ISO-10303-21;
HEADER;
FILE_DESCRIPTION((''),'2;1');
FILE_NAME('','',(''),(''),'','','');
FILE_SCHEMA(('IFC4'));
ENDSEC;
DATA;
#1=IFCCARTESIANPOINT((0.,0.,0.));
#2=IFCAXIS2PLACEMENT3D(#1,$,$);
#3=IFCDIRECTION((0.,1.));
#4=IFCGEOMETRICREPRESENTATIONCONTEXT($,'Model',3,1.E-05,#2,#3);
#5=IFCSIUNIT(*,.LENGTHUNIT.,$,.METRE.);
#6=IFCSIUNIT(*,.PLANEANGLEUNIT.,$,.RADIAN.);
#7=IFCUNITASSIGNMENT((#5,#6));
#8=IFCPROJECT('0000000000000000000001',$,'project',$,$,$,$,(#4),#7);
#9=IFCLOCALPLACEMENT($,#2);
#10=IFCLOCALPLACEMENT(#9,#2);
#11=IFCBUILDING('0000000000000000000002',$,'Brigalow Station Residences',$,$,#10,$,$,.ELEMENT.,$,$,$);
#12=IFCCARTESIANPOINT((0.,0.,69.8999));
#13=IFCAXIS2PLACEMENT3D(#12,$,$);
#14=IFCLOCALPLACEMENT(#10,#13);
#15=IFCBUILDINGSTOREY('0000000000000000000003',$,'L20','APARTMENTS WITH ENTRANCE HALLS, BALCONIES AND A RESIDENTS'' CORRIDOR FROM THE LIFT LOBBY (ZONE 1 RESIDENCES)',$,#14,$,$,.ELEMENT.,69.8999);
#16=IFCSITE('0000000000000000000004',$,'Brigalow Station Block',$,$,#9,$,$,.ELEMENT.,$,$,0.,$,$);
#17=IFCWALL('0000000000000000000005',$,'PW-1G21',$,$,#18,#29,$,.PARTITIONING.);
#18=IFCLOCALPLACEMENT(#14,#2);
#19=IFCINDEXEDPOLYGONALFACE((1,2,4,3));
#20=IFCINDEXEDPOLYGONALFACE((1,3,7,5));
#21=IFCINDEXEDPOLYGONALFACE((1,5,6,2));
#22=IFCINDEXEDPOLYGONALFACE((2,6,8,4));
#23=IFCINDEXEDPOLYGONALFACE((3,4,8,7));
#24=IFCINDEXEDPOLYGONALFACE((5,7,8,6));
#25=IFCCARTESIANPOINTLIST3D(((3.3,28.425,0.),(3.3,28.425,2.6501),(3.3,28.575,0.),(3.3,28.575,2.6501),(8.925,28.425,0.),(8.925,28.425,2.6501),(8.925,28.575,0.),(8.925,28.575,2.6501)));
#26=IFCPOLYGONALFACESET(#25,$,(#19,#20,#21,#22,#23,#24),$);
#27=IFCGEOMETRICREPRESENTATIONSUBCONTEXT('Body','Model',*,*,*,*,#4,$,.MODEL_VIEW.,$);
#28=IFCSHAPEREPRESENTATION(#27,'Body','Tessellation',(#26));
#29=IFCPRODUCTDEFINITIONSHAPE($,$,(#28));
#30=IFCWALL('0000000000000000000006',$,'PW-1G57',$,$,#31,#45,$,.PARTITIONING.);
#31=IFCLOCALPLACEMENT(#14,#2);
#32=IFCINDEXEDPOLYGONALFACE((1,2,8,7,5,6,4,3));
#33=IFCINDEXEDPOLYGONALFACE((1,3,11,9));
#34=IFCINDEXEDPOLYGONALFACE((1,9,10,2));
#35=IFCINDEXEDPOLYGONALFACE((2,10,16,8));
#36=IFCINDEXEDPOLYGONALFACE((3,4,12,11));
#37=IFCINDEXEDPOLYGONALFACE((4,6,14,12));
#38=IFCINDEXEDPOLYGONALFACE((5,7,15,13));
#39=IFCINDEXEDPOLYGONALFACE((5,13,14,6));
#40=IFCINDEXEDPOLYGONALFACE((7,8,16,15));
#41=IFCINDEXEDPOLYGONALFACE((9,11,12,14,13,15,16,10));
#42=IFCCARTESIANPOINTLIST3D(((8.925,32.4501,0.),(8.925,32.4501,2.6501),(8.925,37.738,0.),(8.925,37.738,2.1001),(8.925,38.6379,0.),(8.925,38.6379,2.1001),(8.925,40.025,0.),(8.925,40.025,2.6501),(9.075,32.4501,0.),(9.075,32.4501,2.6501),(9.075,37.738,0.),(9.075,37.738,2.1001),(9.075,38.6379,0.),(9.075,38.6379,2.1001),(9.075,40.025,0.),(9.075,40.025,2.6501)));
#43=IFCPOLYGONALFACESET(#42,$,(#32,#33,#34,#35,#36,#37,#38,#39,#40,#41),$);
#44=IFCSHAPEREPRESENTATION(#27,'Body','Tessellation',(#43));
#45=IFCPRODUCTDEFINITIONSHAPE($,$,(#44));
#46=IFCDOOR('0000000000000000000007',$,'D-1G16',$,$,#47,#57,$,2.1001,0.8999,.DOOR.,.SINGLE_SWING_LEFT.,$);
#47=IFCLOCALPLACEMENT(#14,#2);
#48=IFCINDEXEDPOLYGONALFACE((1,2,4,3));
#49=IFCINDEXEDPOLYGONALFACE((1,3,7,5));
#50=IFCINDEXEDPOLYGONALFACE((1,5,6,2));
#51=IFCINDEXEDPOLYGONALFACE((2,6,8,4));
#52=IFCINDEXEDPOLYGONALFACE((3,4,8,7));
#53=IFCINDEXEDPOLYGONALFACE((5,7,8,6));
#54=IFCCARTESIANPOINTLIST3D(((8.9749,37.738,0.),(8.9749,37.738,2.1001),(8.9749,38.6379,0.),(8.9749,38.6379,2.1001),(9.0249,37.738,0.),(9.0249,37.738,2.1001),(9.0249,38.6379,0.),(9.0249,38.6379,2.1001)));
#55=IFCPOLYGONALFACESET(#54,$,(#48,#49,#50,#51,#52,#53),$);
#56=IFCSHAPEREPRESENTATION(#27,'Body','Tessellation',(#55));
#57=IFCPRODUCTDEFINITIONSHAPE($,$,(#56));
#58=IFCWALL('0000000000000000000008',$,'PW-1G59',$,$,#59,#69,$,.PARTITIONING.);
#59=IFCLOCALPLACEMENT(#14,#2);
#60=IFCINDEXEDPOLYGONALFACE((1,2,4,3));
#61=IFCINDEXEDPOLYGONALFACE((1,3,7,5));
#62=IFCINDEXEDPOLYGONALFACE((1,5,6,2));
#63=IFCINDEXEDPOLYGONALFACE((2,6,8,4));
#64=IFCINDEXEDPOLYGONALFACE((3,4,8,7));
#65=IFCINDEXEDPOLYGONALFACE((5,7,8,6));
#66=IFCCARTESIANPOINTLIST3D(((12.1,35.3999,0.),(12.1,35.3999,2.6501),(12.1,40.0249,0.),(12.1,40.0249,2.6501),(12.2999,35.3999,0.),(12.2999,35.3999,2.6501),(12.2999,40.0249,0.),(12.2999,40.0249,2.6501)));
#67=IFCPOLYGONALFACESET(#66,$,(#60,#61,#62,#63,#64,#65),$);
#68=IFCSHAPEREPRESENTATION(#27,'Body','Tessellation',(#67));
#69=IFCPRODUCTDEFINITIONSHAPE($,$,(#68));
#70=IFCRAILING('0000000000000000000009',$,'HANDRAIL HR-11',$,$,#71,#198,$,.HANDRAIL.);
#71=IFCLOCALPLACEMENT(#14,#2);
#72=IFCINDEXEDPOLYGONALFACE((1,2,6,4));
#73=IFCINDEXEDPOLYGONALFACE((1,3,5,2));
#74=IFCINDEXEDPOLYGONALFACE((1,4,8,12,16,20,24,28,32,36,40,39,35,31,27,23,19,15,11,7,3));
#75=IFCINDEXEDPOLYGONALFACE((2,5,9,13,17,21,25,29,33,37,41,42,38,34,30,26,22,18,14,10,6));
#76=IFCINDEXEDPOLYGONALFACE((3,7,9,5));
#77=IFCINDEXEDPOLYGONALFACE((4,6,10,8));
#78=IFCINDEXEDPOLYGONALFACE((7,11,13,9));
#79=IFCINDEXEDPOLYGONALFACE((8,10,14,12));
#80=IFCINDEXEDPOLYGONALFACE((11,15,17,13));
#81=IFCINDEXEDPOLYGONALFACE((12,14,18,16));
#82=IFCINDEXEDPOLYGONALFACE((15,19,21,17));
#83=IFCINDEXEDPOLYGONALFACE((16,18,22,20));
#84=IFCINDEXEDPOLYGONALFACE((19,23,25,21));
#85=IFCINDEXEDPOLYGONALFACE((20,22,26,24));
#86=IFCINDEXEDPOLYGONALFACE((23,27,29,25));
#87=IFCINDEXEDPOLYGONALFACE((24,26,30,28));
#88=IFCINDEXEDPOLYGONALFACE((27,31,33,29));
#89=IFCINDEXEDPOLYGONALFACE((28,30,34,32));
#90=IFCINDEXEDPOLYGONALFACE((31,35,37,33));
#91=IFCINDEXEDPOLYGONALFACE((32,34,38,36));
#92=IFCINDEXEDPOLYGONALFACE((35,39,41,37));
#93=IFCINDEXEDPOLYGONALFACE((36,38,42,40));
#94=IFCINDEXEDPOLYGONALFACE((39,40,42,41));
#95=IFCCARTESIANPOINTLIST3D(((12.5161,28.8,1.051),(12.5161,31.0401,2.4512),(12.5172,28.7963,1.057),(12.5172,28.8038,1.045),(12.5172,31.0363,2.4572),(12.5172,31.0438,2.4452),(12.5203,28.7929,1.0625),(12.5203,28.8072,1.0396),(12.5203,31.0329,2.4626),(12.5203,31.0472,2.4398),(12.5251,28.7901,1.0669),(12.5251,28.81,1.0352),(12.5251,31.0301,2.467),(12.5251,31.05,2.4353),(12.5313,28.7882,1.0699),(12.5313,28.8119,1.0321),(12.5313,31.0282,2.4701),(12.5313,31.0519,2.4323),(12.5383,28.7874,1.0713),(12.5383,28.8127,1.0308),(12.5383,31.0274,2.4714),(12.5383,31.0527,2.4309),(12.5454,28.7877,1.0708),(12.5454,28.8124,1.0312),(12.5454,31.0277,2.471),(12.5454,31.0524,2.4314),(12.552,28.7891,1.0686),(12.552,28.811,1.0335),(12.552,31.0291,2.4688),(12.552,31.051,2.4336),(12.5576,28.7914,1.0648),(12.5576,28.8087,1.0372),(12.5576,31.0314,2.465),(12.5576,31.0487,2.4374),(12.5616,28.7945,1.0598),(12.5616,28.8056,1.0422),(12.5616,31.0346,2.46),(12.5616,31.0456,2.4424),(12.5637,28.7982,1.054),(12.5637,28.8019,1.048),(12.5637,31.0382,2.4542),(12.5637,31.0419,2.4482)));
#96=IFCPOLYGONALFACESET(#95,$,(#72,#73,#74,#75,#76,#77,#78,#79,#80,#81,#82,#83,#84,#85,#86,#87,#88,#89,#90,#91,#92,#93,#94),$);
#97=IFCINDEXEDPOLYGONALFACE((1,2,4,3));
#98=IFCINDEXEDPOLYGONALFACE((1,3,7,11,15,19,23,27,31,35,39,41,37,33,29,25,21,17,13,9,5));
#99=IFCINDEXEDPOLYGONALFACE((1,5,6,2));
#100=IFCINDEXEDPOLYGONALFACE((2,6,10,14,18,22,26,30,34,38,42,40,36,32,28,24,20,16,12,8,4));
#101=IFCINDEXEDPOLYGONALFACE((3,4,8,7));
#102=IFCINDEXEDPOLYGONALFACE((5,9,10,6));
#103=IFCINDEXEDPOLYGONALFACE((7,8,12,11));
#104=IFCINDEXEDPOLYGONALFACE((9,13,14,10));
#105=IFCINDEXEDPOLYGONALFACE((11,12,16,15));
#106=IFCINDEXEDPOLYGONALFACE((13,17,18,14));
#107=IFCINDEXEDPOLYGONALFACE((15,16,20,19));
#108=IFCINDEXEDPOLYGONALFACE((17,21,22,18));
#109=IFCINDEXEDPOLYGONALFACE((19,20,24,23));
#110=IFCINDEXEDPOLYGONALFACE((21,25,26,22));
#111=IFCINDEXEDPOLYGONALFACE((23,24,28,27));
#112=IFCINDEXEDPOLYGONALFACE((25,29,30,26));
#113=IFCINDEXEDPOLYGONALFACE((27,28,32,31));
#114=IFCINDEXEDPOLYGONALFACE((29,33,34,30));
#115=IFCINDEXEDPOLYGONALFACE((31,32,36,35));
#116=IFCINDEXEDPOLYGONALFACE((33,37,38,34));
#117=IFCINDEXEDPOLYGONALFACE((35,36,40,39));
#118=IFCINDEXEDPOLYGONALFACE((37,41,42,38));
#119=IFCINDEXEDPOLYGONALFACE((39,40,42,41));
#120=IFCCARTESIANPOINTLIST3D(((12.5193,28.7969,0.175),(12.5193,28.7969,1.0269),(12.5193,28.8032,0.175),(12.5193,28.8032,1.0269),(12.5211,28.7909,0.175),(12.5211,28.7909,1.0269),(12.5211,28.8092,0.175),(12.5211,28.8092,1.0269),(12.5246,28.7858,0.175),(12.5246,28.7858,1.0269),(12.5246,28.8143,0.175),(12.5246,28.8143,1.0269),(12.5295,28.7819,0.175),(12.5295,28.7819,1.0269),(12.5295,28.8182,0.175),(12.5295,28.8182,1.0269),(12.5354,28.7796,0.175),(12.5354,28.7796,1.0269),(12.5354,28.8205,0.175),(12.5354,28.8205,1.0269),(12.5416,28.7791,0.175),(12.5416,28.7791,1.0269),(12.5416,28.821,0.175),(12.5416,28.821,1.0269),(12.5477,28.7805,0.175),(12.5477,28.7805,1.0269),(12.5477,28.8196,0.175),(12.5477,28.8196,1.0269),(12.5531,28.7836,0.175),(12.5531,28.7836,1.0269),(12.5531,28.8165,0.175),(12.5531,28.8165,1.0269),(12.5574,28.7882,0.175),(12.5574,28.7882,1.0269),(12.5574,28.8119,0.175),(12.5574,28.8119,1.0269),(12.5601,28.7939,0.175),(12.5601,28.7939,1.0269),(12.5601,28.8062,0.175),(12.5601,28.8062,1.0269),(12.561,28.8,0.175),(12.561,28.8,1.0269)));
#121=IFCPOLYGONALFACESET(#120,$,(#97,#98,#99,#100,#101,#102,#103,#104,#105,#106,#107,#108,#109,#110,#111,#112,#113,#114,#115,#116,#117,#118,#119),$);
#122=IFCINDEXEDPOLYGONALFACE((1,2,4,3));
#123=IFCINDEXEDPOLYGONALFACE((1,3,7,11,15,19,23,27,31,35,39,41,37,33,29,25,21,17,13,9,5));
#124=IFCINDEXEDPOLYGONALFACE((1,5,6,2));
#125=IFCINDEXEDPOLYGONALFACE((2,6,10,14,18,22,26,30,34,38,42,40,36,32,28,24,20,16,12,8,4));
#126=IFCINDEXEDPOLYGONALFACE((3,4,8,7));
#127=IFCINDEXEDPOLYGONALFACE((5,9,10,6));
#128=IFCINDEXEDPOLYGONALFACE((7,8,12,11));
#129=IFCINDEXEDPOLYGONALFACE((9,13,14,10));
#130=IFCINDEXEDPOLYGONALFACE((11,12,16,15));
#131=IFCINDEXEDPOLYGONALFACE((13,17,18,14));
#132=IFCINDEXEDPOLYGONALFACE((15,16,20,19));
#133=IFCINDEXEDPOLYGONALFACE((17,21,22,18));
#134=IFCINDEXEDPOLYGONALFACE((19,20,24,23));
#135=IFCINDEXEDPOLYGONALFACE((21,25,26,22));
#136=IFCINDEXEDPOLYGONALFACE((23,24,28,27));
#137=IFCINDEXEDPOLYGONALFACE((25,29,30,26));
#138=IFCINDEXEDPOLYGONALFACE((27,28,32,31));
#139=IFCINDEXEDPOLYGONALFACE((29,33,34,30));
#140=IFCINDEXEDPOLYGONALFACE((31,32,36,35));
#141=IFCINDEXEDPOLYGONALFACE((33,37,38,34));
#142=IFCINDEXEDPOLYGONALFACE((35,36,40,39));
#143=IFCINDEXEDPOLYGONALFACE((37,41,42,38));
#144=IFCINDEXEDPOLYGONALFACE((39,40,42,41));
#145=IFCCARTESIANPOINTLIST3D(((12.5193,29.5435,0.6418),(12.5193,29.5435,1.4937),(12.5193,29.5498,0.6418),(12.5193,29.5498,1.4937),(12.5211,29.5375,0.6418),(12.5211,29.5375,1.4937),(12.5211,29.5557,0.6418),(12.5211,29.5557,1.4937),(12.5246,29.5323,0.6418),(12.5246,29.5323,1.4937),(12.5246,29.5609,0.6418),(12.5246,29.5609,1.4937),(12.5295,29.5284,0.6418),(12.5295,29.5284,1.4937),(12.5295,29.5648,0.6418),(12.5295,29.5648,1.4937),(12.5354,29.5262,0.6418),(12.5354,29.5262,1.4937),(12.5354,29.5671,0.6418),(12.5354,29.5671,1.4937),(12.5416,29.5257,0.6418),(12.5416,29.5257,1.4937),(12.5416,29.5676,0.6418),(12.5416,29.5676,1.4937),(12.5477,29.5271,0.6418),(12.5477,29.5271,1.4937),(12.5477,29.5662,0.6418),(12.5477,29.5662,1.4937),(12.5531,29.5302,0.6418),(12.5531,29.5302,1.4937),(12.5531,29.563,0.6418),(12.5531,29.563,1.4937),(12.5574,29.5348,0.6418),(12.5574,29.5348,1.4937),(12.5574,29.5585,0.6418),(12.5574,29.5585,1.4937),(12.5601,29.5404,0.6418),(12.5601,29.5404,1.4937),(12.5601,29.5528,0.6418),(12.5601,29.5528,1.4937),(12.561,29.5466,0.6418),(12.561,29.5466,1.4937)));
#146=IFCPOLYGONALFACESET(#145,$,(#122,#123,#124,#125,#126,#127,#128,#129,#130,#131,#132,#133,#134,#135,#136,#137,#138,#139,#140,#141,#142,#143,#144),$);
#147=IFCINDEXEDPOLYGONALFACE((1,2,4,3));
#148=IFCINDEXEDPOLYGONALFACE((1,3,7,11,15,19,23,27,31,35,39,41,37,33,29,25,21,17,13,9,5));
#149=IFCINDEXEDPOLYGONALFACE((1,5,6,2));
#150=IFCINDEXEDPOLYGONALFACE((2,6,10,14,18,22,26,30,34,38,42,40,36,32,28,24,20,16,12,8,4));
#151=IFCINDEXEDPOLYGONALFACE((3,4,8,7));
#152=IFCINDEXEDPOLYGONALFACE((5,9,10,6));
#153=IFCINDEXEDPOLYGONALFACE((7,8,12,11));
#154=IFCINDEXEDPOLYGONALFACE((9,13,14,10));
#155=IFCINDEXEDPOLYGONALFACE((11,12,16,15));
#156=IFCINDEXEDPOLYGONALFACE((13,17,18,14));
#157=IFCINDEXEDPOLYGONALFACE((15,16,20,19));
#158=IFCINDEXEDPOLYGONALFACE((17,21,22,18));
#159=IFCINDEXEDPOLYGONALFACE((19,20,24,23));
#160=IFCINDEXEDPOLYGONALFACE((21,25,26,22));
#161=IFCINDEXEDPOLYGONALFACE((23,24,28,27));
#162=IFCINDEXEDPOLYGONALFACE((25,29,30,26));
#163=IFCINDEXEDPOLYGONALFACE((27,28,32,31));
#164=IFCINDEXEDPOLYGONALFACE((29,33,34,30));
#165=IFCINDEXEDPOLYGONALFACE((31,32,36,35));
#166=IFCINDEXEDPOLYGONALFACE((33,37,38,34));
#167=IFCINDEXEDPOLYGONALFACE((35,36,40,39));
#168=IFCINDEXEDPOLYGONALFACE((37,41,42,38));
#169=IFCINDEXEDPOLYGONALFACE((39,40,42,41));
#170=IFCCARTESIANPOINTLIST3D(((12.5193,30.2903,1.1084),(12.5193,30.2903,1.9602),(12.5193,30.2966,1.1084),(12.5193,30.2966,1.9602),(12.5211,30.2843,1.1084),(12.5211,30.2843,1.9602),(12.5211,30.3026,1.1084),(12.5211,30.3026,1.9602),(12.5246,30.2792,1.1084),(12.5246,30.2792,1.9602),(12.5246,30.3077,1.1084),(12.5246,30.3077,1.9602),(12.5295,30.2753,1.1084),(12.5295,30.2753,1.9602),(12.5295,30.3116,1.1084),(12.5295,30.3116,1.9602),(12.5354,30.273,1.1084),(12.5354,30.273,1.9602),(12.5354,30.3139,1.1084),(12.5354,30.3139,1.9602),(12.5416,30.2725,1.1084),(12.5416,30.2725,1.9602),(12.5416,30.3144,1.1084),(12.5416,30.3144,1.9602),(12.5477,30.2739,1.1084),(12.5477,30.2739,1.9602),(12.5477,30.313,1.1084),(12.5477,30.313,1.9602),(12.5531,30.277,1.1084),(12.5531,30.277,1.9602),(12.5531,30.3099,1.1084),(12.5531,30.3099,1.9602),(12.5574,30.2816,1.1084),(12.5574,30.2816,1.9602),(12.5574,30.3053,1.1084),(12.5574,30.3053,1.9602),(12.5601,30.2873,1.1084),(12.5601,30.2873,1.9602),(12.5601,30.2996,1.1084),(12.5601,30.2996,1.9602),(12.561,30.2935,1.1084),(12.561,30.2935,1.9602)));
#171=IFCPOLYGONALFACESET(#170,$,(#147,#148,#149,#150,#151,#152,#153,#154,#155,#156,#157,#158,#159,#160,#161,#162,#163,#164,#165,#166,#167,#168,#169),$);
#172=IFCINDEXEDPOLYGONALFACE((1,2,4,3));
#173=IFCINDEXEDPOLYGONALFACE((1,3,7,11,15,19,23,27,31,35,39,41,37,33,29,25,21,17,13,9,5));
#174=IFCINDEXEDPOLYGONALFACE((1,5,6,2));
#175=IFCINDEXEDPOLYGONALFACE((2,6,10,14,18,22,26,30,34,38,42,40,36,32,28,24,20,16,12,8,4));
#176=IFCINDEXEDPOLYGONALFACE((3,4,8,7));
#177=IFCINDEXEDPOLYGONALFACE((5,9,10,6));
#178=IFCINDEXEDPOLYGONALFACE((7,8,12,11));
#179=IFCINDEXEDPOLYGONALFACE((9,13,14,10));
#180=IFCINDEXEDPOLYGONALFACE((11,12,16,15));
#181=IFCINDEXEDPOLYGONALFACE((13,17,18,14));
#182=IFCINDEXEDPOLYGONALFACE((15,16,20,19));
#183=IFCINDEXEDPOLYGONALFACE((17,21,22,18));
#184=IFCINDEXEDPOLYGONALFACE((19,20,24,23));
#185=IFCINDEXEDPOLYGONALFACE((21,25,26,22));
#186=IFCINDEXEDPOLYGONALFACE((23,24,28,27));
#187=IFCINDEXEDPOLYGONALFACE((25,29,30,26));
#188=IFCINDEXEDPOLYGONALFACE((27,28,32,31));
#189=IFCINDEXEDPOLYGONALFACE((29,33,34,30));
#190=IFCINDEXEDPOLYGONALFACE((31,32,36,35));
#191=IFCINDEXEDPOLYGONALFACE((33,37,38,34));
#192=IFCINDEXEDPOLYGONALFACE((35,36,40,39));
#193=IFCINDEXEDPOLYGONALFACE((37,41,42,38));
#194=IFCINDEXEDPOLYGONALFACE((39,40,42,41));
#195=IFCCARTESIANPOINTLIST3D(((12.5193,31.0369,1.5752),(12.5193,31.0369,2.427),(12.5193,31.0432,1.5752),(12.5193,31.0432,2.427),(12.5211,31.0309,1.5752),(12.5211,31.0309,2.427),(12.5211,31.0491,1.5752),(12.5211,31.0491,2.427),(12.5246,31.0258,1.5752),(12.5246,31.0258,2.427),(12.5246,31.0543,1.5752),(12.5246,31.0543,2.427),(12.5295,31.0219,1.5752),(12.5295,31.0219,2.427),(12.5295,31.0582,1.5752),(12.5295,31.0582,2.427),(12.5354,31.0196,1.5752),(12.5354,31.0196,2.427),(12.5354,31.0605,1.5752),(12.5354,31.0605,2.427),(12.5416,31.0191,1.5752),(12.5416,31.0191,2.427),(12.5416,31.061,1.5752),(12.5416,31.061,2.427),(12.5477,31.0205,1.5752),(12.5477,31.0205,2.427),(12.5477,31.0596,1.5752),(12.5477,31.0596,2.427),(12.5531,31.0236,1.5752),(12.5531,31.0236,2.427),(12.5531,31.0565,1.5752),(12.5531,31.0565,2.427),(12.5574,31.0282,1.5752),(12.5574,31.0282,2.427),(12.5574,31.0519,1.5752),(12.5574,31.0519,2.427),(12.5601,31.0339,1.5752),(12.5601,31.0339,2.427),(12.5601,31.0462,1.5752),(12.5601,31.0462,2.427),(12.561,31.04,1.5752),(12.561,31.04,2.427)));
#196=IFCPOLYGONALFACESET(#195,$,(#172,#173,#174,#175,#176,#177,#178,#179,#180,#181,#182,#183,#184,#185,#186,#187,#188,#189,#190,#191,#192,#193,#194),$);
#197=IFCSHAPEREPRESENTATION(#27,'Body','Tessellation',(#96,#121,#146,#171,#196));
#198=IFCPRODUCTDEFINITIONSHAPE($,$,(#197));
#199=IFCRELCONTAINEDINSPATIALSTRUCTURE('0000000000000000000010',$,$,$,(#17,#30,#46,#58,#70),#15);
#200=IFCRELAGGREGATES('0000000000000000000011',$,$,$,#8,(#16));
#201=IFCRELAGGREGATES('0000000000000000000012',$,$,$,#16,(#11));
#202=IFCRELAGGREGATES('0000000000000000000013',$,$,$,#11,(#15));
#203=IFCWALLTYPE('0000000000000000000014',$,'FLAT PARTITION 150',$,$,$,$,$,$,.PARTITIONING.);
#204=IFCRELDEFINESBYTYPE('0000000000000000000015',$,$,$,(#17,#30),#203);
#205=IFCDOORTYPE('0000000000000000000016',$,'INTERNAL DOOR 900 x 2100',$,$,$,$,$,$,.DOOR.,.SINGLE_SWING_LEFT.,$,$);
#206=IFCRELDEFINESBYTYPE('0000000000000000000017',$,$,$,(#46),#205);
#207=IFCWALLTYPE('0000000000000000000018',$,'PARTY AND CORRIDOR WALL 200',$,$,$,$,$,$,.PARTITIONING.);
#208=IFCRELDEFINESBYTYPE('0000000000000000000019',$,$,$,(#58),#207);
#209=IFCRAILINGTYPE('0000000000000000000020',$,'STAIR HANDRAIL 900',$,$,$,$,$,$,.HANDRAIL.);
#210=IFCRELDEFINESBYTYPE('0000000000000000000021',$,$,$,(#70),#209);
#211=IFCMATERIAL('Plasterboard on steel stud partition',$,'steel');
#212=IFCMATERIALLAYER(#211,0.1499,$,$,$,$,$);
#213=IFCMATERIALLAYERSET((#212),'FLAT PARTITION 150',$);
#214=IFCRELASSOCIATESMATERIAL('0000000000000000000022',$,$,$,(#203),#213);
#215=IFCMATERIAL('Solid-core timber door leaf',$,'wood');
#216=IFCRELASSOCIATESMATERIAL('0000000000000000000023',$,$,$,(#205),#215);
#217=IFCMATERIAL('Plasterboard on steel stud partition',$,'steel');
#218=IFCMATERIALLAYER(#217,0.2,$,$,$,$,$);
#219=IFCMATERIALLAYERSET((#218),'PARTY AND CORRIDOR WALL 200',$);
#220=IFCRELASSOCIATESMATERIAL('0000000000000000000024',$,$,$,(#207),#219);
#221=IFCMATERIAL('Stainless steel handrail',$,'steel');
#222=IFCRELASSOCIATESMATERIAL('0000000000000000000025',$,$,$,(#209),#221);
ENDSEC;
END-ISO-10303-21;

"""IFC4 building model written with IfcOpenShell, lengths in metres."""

from ifc_helpers import new_model, si_unit, direction, frame, frame_2d, origin, origin_2d, place, context, subcontext, project, spatial, rectangle, circle, extrude, material, layer, layer_set, type_object, element, fill, save


model = new_model("IFC4")

# Units and contexts
model_context = context("Model", 3, precision=1e-05, world=origin(), true_north=direction((0.0, 1.0)))
body_context = subcontext(model_context, "Body", "Model", "MODEL_VIEW")
ifc_project = project(units=[si_unit("LENGTHUNIT", "METRE"), si_unit("PLANEANGLEUNIT", "RADIAN")], contexts=[model_context])

# Site, building, storey
site_placement = place(None, origin())
site = spatial("IfcSite", under=ifc_project, at=site_placement, Name="Brigalow Station Block", CompositionType="ELEMENT", RefElevation=0.0)
building_placement = place(site_placement, origin())
building = spatial("IfcBuilding", under=site, at=building_placement, Name="Brigalow Station Residences", CompositionType="ELEMENT")
storey_placement = place(building_placement, frame((0.0, 0.0, 69.8999)))
storey = spatial("IfcBuildingStorey", under=building, at=storey_placement, Name="L20", Description="APARTMENTS WITH ENTRANCE HALLS, BALCONIES AND A RESIDENTS' CORRIDOR FROM THE LIFT LOBBY (ZONE 1 RESIDENCES)", CompositionType="ELEMENT", Elevation=69.8999)

# Shared definitions
ifc_material_1 = material(Name="Plasterboard on steel stud partition", Category="steel")
ifc_layer_1 = layer(ifc_material_1, 0.1499)
ifc_layer_set_1 = layer_set([ifc_layer_1], Name="FLAT PARTITION 150")
wall_type_1 = type_object("IfcWallType", Name="FLAT PARTITION 150", PredefinedType="PARTITIONING", material=ifc_layer_set_1)
ifc_material_2 = material(Name="Solid-core timber door leaf", Category="wood")
door_type_1 = type_object("IfcDoorType", Name="INTERNAL DOOR 900 x 2100", OperationType="SINGLE_SWING_LEFT", PredefinedType="DOOR", material=ifc_material_2)

# Wall
wall_1_placement = place(storey_placement, frame((3.3, 28.5, 0.0), z_axis=(0.0, 0.0, 1.0), x_axis=(1.0, 0.0, 0.0)))
element("IfcWall", 1, at=wall_1_placement, inside=storey, type_object=wall_type_1, Name="PW-1G21", PredefinedType="PARTITIONING", context=body_context, shape_type="SweptSolid", body=[
    extrude(rectangle(XDim=5.625, YDim=0.1499, at=frame_2d((2.8125, 0.0))), origin(), (0.0, 0.0, 1.0), 2.6501),
])

# Wall, opening, door
wall_2_placement = place(storey_placement, frame((9.0, 32.45, 0.0), z_axis=(0.0, 0.0, 1.0), x_axis=(0.0, 1.0, 0.0)))
wall_2 = element("IfcWall", 2, at=wall_2_placement, inside=storey, type_object=wall_type_1, Name="PW-1G57", PredefinedType="PARTITIONING", context=body_context, shape_type="SweptSolid", body=[
    extrude(rectangle(XDim=7.575, YDim=0.1499, at=frame_2d((3.7876, 0.0))), origin(), (0.0, 0.0, 1.0), 2.6501),
])
opening_1_placement = place(wall_2_placement, frame((5.2881, 0.0, 0.0)))
opening_1 = element("IfcOpeningElement", 3, at=opening_1_placement, cuts=wall_2, PredefinedType="OPENING", context=body_context, shape_type="SweptSolid", body=[
    extrude(rectangle(XDim=0.8999, YDim=2.1001, at=frame_2d((0.45, 1.05))), frame((0.0, 0.085, 0.0), z_axis=(0.0, -1.0, 0.0), x_axis=(1.0, 0.0, 0.0)), (0.0, 0.0, 1.0), 0.1699),
])
door_1_placement = place(opening_1_placement, frame((0.8999, 0.0, 0.0), z_axis=(0.0, 0.0, 1.0), x_axis=(-1.0, 0.0, 0.0)))
door_1 = element("IfcDoor", 4, at=door_1_placement, inside=storey, type_object=door_type_1, Name="D-1G16", OperationType="SINGLE_SWING_LEFT", OverallHeight=2.1001, OverallWidth=0.8999, PredefinedType="DOOR", context=body_context, shape_type="SweptSolid", body=[
    extrude(rectangle(XDim=0.8999, YDim=2.1001, at=frame_2d((0.45, 1.05))), frame((0.0, 0.0249, 0.0), z_axis=(0.0, -1.0, 0.0), x_axis=(1.0, 0.0, 0.0)), (0.0, 0.0, 1.0), 0.05),
])
fill(opening_1, door_1)

# Wall
ifc_material_3 = material(Name="Plasterboard on steel stud partition", Category="steel")
ifc_layer_2 = layer(ifc_material_3, 0.2)
ifc_layer_set_2 = layer_set([ifc_layer_2], Name="PARTY AND CORRIDOR WALL 200")
wall_type_2 = type_object("IfcWallType", Name="PARTY AND CORRIDOR WALL 200", PredefinedType="PARTITIONING", material=ifc_layer_set_2)
wall_3_placement = place(storey_placement, frame((12.2, 35.3999, 0.0), z_axis=(0.0, 0.0, 1.0), x_axis=(0.0, 1.0, 0.0)))
element("IfcWall", 5, at=wall_3_placement, inside=storey, type_object=wall_type_2, Name="PW-1G59", PredefinedType="PARTITIONING", context=body_context, shape_type="SweptSolid", body=[
    extrude(rectangle(XDim=4.625, YDim=0.2, at=frame_2d((2.3125, 0.0))), origin(), (0.0, 0.0, 1.0), 2.6501),
])

# Railing
ifc_material_4 = material(Name="Stainless steel handrail", Category="steel")
railing_type_1 = type_object("IfcRailingType", Name="STAIR HANDRAIL 900", PredefinedType="HANDRAIL", material=ifc_material_4)
railing_1_placement = place(storey_placement, frame((12.54, 28.8, 0.175)))
element("IfcRailing", 6, at=railing_1_placement, inside=storey, type_object=railing_type_1, Name="HANDRAIL HR-11", PredefinedType="HANDRAIL", context=body_context, shape_type="SweptSolid", body=[
    extrude(circle(Radius=0.0239, at=origin_2d()), frame((0.0, 0.0, 0.876), z_axis=(0.0, 0.847972, 0.53004), x_axis=(-1.0, 0.0, 0.0)), (0.0, 0.0, 1.0), 2.6416),
    extrude(circle(Radius=0.021, at=origin_2d()), origin(), (0.0, 0.0, 1.0), 0.8518),
    extrude(circle(Radius=0.021, at=origin_2d()), frame((0.0, 0.7466, 0.4668)), (0.0, 0.0, 1.0), 0.8518),
    extrude(circle(Radius=0.021, at=origin_2d()), frame((0.0, 1.4934, 0.9333)), (0.0, 0.0, 1.0), 0.8518),
    extrude(circle(Radius=0.021, at=origin_2d()), frame((0.0, 2.24, 1.4001)), (0.0, 0.0, 1.0), 0.8518),
])

save(model, "model.ifc")
